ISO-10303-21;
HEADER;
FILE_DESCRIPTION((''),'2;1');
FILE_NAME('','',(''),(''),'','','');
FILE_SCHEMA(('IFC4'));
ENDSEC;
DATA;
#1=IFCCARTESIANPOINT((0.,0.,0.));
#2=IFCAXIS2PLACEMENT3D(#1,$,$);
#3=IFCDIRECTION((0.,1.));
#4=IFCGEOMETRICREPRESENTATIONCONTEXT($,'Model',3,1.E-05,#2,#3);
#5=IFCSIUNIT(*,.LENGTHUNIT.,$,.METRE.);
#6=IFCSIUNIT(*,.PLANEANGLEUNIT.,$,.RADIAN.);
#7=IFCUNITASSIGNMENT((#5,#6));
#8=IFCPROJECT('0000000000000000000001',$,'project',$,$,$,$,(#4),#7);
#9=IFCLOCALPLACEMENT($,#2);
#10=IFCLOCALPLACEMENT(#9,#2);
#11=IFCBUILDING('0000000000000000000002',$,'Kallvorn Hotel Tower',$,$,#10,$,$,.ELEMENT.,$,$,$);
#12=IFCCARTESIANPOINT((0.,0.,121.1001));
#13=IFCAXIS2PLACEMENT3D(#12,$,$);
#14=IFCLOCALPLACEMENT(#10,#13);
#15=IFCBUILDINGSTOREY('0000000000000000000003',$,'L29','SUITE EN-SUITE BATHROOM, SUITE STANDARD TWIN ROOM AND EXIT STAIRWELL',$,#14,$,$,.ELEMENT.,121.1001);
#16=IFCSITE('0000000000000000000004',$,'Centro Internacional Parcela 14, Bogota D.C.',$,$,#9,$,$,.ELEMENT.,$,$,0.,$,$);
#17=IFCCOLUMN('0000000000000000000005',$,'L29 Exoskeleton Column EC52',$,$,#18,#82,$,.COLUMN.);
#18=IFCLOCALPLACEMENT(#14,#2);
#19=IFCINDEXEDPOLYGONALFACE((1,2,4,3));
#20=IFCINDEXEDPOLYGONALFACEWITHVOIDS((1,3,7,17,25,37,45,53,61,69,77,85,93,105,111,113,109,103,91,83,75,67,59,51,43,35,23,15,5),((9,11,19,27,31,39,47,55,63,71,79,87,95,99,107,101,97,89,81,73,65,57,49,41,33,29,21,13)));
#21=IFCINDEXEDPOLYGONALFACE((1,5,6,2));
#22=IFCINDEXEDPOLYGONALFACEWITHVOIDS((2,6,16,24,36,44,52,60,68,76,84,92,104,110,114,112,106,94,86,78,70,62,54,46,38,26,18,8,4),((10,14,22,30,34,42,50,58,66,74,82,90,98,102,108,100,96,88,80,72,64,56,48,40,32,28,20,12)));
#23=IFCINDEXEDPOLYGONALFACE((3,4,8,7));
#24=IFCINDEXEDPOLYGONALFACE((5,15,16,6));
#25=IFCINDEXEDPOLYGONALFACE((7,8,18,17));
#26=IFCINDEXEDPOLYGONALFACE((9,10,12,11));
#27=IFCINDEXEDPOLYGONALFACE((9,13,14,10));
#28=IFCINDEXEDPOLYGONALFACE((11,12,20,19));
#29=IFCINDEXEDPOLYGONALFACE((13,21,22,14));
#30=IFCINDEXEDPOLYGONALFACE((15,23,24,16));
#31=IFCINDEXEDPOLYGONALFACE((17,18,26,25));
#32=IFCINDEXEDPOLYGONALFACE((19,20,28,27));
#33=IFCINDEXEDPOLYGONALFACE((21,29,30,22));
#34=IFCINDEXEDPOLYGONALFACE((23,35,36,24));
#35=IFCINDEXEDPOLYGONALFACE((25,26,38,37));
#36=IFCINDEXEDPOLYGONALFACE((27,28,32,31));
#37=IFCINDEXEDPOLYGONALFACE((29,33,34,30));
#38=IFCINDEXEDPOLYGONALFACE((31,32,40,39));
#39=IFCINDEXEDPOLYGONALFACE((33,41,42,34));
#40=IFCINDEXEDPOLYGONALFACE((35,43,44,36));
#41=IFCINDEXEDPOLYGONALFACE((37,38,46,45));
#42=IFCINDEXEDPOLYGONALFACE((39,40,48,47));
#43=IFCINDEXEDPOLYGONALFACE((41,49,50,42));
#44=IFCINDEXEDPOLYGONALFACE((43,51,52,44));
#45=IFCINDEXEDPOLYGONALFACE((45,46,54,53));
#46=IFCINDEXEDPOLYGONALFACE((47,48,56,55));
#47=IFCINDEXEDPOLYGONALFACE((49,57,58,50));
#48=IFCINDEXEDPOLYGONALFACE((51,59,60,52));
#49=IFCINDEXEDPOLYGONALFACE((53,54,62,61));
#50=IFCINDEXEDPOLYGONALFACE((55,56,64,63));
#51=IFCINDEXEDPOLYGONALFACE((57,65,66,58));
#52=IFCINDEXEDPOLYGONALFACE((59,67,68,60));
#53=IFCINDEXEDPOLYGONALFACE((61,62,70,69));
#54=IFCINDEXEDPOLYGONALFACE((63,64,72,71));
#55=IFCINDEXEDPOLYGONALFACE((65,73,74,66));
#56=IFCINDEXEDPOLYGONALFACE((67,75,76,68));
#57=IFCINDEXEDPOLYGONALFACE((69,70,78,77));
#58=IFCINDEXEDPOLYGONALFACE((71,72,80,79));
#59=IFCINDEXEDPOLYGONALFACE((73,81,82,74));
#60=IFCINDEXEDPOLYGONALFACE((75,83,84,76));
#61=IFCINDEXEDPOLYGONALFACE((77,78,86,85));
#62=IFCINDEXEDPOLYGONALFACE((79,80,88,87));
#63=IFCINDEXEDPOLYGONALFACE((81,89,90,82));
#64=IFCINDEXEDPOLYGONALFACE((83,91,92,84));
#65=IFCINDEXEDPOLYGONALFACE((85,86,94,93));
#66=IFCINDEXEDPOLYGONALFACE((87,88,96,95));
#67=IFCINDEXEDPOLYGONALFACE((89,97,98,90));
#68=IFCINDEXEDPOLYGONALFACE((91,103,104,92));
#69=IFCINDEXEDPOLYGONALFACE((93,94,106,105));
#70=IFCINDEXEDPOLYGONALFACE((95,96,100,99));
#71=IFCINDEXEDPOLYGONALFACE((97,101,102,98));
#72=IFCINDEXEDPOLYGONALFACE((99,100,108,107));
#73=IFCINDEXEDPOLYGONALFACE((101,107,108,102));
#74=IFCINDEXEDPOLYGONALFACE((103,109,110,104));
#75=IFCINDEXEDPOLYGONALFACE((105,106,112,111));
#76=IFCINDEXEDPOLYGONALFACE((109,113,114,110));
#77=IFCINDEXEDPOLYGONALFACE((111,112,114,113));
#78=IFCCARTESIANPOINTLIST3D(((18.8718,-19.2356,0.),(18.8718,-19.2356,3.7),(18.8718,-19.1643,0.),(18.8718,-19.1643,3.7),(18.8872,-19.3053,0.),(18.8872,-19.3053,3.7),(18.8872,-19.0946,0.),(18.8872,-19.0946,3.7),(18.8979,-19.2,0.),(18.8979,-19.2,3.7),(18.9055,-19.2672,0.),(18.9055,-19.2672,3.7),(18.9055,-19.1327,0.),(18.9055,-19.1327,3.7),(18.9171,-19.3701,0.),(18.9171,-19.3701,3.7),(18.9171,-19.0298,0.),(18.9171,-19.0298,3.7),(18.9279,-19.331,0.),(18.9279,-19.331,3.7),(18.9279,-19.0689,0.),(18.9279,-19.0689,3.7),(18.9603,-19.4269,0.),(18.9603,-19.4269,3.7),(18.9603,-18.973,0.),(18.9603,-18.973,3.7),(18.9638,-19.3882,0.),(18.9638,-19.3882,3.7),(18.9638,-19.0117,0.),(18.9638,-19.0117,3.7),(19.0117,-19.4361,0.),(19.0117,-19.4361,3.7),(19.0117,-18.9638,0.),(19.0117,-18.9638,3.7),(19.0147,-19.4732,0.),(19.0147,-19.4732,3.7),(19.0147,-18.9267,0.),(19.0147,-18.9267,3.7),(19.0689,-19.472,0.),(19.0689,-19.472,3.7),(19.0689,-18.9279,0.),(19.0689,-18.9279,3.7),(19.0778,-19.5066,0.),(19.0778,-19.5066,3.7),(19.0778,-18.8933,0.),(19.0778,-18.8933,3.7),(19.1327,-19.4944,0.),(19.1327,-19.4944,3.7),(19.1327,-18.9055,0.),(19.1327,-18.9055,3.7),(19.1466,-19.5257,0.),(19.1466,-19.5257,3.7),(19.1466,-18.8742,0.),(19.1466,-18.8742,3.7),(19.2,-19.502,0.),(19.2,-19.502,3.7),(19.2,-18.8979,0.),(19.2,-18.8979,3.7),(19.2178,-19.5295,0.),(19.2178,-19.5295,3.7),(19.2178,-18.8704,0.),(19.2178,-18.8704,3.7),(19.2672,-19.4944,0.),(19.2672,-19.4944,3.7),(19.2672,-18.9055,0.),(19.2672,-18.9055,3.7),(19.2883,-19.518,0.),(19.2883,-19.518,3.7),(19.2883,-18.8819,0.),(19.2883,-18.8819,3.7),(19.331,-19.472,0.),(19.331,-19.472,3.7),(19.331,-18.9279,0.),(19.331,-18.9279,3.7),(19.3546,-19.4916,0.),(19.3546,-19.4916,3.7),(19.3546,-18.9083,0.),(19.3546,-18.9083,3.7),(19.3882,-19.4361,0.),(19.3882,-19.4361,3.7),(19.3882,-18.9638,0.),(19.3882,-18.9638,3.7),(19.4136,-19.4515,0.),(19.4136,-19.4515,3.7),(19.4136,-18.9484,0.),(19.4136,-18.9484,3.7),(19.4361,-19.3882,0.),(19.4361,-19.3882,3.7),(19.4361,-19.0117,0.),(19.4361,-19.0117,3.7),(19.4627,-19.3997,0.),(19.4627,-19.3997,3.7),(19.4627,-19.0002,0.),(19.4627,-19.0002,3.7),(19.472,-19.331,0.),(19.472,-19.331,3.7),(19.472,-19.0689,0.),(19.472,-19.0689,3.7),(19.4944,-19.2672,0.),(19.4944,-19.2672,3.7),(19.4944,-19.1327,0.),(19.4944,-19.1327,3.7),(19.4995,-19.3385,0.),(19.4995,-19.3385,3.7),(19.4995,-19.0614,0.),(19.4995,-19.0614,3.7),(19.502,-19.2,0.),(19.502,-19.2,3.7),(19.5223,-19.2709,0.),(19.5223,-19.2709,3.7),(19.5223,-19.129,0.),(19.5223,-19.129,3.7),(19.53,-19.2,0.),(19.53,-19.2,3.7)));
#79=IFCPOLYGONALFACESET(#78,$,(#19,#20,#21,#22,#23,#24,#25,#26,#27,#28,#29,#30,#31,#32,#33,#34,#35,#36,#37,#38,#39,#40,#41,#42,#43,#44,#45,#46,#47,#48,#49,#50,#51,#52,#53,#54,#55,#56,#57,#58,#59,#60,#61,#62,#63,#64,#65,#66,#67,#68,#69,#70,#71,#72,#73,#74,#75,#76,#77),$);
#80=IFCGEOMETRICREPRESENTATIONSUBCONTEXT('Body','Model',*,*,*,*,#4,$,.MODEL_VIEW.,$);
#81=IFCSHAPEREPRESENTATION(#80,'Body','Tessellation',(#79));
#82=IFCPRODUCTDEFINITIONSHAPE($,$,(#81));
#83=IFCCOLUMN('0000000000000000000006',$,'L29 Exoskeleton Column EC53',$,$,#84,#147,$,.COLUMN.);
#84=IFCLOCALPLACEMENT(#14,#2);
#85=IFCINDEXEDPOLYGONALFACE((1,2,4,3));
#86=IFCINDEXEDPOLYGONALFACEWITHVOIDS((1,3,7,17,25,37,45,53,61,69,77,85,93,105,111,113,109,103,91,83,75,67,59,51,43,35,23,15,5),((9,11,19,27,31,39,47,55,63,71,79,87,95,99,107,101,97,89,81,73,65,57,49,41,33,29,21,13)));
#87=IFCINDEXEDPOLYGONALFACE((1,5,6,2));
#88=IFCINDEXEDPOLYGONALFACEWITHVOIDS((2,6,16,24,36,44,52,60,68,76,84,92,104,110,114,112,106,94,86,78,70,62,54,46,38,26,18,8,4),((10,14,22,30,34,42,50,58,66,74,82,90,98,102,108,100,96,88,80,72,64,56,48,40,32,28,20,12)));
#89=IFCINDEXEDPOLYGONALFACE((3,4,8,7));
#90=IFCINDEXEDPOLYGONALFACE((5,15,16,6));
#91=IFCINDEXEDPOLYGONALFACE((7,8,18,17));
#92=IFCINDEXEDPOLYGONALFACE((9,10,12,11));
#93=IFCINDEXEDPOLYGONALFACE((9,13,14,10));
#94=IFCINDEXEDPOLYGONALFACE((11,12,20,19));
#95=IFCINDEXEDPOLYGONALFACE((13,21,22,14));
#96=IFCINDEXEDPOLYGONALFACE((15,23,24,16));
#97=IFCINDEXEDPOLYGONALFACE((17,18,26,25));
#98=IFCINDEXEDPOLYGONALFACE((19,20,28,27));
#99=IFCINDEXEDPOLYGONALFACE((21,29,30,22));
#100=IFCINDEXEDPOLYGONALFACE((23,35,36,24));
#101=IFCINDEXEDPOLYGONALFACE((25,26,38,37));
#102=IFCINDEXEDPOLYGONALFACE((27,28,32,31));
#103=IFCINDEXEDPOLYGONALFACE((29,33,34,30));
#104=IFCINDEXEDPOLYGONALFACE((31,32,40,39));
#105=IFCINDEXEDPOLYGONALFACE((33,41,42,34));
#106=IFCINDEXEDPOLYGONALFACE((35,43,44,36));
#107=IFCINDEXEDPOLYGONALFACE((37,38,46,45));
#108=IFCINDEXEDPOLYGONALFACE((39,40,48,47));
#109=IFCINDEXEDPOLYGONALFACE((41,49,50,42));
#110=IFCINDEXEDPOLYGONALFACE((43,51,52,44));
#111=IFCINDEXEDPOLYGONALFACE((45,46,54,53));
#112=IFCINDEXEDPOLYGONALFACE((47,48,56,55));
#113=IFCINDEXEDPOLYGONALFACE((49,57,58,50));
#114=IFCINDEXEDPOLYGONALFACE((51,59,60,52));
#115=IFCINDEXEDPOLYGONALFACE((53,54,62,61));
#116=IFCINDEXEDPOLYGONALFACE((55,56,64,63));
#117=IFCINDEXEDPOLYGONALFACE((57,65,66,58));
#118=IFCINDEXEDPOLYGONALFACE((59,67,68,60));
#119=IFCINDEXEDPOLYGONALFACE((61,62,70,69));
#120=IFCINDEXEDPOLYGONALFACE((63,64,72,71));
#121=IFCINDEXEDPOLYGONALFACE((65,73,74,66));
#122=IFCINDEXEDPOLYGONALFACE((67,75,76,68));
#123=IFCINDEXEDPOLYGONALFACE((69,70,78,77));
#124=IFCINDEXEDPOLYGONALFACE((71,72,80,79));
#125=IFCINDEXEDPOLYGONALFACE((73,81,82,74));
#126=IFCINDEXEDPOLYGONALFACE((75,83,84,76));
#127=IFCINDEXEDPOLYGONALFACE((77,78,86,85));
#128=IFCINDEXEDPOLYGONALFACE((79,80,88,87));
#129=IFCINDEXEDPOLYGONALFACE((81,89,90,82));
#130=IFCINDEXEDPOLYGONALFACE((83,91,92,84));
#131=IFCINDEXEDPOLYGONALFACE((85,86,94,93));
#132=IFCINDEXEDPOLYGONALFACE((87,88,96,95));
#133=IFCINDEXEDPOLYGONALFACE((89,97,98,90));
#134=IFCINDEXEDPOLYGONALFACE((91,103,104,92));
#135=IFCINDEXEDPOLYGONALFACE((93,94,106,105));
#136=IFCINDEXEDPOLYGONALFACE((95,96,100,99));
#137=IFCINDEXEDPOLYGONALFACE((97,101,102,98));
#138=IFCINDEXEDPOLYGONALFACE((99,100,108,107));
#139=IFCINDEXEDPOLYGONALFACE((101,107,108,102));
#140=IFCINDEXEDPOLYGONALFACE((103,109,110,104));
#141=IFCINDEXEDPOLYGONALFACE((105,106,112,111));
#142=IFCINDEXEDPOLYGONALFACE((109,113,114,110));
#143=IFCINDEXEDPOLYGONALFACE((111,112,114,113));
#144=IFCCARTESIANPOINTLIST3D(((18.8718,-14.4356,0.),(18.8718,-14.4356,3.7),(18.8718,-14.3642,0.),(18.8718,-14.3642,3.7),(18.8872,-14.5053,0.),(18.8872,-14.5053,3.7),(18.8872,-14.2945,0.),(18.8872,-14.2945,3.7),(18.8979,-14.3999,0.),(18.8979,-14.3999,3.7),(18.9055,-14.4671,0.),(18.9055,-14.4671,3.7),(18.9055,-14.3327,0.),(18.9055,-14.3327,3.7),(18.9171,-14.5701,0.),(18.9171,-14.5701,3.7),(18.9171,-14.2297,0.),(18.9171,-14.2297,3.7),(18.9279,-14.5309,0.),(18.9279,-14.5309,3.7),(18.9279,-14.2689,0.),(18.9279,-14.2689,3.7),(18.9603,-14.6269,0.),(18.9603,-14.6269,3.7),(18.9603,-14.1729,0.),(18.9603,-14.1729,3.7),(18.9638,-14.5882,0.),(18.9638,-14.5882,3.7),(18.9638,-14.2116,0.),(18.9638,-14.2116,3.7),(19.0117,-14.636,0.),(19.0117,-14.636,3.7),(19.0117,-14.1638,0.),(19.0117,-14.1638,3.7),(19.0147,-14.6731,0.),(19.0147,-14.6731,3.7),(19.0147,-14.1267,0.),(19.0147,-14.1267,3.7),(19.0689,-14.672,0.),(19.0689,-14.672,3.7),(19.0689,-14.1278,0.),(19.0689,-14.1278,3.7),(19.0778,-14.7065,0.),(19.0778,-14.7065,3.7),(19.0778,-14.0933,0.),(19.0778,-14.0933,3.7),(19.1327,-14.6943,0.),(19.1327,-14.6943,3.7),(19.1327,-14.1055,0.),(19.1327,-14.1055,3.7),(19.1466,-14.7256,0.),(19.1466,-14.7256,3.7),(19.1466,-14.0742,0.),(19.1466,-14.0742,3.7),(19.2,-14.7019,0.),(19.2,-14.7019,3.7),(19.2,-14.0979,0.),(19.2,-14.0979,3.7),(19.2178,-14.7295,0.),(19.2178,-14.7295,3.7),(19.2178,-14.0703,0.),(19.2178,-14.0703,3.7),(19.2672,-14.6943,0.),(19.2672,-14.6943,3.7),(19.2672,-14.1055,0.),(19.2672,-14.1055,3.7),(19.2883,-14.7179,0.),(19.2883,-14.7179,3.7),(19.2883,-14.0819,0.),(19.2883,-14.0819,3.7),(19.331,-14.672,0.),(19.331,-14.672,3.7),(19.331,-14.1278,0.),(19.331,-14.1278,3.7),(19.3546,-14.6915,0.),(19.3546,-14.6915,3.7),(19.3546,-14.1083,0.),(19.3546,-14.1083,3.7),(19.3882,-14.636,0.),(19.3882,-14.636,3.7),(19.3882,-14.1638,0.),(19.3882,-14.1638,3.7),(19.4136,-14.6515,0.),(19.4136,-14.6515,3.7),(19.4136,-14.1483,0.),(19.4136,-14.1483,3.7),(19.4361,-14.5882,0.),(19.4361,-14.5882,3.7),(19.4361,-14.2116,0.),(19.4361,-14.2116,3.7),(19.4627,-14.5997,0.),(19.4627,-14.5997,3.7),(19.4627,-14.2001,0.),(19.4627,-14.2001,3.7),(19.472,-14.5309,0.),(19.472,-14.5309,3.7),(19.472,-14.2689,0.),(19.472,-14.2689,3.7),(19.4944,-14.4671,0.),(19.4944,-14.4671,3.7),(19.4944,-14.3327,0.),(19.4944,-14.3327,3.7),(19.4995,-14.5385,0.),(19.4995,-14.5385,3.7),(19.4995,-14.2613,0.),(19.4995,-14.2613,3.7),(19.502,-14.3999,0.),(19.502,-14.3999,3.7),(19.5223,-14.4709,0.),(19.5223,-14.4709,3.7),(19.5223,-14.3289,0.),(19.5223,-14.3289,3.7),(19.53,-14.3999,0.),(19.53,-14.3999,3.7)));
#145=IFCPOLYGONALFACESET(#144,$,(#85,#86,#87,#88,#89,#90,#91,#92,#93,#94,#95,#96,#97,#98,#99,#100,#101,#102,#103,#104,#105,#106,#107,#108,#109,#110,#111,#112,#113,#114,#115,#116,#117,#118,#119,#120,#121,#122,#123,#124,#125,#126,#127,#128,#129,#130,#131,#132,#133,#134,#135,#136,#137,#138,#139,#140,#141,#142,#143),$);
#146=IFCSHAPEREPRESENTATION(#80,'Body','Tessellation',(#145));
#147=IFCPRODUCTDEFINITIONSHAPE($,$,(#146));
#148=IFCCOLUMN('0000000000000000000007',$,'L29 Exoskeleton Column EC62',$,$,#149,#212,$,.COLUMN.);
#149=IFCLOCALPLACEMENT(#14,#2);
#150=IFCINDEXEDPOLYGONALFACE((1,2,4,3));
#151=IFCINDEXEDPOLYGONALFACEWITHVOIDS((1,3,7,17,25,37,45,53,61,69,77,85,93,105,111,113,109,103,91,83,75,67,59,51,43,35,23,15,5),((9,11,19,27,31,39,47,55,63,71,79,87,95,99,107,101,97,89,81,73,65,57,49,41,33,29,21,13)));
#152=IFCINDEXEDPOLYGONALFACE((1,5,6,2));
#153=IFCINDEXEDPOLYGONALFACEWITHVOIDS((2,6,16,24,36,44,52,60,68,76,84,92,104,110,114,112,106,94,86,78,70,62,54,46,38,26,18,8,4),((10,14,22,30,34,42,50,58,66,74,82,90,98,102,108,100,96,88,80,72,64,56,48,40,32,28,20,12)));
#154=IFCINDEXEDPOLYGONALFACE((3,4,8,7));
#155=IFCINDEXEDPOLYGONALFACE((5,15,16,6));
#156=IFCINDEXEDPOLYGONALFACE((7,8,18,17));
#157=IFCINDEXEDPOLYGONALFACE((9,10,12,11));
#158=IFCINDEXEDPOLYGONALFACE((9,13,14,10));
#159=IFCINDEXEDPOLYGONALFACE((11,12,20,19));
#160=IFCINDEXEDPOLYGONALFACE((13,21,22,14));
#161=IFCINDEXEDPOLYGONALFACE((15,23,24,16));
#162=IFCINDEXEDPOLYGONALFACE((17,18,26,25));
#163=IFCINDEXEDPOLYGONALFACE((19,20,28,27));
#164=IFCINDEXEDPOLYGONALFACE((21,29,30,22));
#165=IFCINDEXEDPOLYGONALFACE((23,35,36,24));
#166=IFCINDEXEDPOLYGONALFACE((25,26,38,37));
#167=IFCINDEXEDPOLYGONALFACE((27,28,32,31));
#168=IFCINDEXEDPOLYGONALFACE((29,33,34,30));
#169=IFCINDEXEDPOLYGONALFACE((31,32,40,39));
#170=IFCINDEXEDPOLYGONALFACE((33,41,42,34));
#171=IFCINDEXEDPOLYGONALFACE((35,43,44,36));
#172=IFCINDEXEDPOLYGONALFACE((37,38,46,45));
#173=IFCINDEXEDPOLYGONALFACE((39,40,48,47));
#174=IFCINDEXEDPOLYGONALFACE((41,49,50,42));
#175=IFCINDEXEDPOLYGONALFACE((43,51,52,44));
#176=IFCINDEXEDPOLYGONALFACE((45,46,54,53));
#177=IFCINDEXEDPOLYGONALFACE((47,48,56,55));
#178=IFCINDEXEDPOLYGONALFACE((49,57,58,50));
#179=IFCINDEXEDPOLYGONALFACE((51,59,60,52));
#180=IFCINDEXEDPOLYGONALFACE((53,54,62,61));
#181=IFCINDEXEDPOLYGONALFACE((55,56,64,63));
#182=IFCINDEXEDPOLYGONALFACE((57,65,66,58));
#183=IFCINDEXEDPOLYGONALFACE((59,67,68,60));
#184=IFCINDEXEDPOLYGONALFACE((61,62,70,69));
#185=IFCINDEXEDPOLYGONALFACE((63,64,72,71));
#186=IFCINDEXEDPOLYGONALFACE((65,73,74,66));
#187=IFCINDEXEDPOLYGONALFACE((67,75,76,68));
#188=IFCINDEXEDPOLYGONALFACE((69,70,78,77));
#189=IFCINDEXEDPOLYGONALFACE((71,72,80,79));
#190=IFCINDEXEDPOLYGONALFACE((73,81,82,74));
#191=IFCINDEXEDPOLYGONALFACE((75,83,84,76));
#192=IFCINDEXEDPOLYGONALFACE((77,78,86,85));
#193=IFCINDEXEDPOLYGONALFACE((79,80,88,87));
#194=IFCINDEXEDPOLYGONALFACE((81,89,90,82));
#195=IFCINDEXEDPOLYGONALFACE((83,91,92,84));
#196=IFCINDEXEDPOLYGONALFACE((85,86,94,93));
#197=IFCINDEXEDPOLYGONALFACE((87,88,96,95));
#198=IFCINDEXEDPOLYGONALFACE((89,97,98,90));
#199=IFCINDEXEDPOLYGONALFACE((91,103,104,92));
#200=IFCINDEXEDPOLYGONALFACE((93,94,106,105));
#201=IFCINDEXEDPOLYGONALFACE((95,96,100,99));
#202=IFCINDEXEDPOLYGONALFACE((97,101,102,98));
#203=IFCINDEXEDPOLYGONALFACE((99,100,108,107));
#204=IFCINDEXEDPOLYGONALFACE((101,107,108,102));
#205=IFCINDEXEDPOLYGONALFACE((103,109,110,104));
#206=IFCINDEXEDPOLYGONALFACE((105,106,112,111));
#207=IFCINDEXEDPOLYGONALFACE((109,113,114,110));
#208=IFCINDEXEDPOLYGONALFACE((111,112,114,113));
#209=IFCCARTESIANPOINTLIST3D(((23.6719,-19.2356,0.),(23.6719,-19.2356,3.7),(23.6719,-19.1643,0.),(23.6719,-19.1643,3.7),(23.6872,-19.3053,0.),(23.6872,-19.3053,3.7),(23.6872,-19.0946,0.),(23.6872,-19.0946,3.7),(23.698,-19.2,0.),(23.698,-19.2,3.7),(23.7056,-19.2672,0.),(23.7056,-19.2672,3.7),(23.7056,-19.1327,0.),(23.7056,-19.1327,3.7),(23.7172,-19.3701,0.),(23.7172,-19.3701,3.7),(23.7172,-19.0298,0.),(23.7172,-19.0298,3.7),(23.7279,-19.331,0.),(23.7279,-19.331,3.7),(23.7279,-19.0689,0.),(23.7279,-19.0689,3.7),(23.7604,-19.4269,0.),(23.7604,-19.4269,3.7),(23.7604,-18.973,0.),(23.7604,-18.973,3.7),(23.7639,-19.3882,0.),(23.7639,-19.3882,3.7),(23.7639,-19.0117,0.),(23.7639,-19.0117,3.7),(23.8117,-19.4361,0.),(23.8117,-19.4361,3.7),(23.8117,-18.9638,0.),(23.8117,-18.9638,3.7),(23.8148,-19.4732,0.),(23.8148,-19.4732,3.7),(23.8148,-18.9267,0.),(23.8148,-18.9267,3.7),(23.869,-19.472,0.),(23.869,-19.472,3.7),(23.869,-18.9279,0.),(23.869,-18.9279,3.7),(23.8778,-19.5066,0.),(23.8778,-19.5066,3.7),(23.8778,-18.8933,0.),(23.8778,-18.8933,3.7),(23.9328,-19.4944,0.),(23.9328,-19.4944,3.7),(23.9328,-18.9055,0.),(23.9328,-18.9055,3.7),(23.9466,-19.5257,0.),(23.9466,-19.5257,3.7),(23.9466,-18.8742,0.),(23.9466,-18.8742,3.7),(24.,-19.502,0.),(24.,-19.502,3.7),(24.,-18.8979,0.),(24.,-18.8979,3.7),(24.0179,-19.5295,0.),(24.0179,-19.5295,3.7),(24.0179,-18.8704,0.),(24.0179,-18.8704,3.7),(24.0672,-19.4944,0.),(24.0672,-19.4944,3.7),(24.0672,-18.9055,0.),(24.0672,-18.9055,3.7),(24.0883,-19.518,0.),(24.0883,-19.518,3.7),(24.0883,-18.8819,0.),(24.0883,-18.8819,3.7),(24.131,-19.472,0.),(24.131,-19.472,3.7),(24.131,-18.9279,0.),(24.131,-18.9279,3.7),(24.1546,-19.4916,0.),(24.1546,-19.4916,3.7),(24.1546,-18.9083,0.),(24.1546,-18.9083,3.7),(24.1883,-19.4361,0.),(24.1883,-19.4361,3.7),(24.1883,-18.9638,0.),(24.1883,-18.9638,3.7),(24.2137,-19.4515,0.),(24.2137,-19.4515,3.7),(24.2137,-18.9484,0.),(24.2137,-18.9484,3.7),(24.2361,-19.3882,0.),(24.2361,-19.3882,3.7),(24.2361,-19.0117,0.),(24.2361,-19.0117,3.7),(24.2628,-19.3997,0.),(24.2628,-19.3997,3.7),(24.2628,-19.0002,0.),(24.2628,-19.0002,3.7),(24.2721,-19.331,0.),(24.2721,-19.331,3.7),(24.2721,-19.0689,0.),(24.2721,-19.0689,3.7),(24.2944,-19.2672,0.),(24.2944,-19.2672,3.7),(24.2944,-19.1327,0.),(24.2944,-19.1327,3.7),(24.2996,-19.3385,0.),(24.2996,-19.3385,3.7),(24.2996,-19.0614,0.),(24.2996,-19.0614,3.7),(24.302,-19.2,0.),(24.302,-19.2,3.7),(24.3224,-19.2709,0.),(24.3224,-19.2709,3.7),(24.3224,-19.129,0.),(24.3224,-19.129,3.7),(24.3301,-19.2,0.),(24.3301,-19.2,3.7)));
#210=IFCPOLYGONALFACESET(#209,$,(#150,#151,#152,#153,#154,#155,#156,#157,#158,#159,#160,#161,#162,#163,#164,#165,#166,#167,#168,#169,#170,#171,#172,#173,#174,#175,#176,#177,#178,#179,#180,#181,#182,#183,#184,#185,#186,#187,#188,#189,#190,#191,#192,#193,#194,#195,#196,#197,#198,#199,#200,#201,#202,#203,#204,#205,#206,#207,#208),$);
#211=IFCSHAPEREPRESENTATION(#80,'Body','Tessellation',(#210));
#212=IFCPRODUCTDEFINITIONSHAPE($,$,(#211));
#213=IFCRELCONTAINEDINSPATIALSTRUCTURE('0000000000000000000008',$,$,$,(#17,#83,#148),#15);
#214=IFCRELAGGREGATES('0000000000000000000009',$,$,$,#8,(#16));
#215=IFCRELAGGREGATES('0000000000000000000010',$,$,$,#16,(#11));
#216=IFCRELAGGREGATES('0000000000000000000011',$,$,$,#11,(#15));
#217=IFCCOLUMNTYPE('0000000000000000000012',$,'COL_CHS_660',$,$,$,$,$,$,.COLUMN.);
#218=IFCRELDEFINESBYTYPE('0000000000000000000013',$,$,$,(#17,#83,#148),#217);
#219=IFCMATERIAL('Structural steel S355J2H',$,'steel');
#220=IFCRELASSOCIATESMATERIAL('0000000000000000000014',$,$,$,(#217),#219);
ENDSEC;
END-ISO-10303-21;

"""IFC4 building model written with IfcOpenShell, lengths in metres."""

from ifc_helpers import new_model, si_unit, direction, frame, origin, origin_2d, place, context, subcontext, project, spatial, hollow_circle, extrude, material, material_profile, profile_set, type_object, element, save


model = new_model("IFC4")

# Units and contexts
model_context = context("Model", 3, precision=1e-05, world=origin(), true_north=direction((0.0, 1.0)))
body_context = subcontext(model_context, "Body", "Model", "MODEL_VIEW")
ifc_project = project(units=[si_unit("LENGTHUNIT", "METRE"), si_unit("PLANEANGLEUNIT", "RADIAN")], contexts=[model_context])

# Site, building, storey
site_placement = place(None, origin())
site = spatial("IfcSite", under=ifc_project, at=site_placement, Name="Centro Internacional Parcela 14, Bogota D.C.", CompositionType="ELEMENT", RefElevation=0.0)
building_placement = place(site_placement, origin())
building = spatial("IfcBuilding", under=site, at=building_placement, Name="Kallvorn Hotel Tower", CompositionType="ELEMENT")
storey_placement = place(building_placement, frame((0.0, 0.0, 121.1001)))
storey = spatial("IfcBuildingStorey", under=building, at=storey_placement, Name="L29", Description="SUITE EN-SUITE BATHROOM, SUITE STANDARD TWIN ROOM AND EXIT STAIRWELL", CompositionType="ELEMENT", Elevation=121.1001)

# Columns
ifc_material_1 = material(Name="Structural steel S355J2H", Category="steel")
ifc_material_profile_1 = material_profile(ifc_material_1, hollow_circle(Radius=0.3301, WallThickness=0.0281, at=origin_2d()), Name="CHS 660x28")
ifc_profile_set_1 = profile_set([ifc_material_profile_1], Name="Structural steel S355J2H")
column_type_1 = type_object("IfcColumnType", Name="COL_CHS_660", PredefinedType="COLUMN", material=ifc_profile_set_1)
for number, where, z_axis, x_axis, name in (
    (1, (19.2, -19.2, 0.0), (0.0, 0.0, 1.0), (1.0, 0.0, 0.0), "L29 Exoskeleton Column EC52"),
    (2, (19.2, -14.3999, 0.0), (0.0, 0.0, 1.0), (1.0, 0.0, 0.0), "L29 Exoskeleton Column EC53"),
    (3, (24.0, -19.2, 0.0), (0.0, 0.0, 1.0), (1.0, 0.0, 0.0), "L29 Exoskeleton Column EC62"),
):
    element("IfcColumn", number, at=place(storey_placement, frame(where, z_axis=z_axis, x_axis=x_axis)), inside=storey, type_object=column_type_1, Name=name, PredefinedType="COLUMN", context=body_context, shape_type="SweptSolid", body=[
        extrude(hollow_circle(Radius=0.3301, WallThickness=0.0281, at=origin_2d()), origin(), (0.0, 0.0, 1.0), 3.7),
    ])

save(model, "model.ifc")
